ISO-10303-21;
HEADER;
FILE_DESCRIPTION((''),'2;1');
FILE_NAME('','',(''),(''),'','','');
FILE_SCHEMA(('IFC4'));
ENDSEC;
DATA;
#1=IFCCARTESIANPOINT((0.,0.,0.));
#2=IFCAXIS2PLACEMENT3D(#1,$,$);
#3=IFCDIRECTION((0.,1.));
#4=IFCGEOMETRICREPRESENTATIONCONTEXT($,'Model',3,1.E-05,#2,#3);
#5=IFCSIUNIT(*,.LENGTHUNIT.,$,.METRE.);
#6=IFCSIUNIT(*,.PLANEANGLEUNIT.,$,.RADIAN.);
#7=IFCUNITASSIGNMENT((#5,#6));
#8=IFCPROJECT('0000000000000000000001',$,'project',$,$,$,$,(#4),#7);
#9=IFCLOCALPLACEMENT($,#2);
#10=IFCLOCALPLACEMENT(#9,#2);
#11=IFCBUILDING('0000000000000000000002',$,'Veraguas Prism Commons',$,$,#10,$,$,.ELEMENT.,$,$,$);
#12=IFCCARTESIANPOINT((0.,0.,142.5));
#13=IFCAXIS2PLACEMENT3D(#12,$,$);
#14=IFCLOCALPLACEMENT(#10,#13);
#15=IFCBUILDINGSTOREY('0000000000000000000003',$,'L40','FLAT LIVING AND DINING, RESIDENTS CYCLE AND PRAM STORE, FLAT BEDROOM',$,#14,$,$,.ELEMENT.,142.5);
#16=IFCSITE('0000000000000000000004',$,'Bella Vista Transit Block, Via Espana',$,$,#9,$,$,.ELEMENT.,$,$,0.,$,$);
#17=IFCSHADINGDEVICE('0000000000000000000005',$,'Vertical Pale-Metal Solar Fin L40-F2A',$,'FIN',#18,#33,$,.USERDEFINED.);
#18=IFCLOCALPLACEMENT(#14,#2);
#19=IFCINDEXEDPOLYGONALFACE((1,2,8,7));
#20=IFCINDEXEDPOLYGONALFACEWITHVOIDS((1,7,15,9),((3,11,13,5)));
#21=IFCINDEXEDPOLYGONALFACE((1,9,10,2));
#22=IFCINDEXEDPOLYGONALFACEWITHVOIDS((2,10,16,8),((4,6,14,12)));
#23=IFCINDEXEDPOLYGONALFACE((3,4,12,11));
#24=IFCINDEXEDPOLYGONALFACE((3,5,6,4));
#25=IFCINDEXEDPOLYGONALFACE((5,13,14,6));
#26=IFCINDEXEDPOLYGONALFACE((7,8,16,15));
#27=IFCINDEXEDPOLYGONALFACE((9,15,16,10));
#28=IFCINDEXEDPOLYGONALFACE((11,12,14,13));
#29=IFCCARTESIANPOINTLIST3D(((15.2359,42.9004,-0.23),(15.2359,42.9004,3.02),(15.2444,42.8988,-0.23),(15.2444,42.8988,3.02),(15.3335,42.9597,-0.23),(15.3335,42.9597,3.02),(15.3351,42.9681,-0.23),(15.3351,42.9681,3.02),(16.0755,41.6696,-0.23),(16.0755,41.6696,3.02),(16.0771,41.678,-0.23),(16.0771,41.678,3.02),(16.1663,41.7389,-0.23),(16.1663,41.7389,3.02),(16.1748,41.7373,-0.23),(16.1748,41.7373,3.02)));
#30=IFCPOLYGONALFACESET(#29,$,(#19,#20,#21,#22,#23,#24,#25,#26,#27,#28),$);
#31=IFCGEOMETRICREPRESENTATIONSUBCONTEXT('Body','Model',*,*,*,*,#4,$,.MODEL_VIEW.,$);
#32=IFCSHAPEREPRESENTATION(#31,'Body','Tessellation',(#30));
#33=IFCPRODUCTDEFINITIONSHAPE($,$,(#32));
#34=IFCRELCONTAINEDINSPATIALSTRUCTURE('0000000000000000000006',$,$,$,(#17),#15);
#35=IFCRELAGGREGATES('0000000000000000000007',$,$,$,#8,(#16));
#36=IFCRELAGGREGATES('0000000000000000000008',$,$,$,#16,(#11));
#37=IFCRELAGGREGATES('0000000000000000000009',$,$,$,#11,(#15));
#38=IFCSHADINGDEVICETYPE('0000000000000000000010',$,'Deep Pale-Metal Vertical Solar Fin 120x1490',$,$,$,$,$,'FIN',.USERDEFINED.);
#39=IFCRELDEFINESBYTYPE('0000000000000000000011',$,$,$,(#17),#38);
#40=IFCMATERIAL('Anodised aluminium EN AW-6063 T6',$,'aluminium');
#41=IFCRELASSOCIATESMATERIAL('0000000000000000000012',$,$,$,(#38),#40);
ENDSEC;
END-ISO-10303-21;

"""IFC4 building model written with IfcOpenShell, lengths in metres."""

from ifc_helpers import new_model, si_unit, direction, frame, origin, origin_2d, place, context, subcontext, project, spatial, hollow_rectangle, extrude, material, material_profile, profile_set, type_object, element, save


model = new_model("IFC4")

# Units and contexts
model_context = context("Model", 3, precision=1e-05, world=origin(), true_north=direction((0.0, 1.0)))
body_context = subcontext(model_context, "Body", "Model", "MODEL_VIEW")
ifc_project = project(units=[si_unit("LENGTHUNIT", "METRE"), si_unit("PLANEANGLEUNIT", "RADIAN")], contexts=[model_context])

# Site, building, storey
site_placement = place(None, origin())
site = spatial("IfcSite", under=ifc_project, at=site_placement, Name="Bella Vista Transit Block, Via Espana", CompositionType="ELEMENT", RefElevation=0.0)
building_placement = place(site_placement, origin())
building = spatial("IfcBuilding", under=site, at=building_placement, Name="Veraguas Prism Commons", CompositionType="ELEMENT")
storey_placement = place(building_placement, frame((0.0, 0.0, 142.5)))
storey = spatial("IfcBuildingStorey", under=building, at=storey_placement, Name="L40", Description="FLAT LIVING AND DINING, RESIDENTS CYCLE AND PRAM STORE, FLAT BEDROOM", CompositionType="ELEMENT", Elevation=142.5)

# Shared definitions
ifc_material_1 = material(Name="Anodised aluminium EN AW-6063 T6", Category="aluminium")

# Shading device
ifc_material_profile_1 = material_profile(ifc_material_1, hollow_rectangle(XDim=0.1201, YDim=1.49, WallThickness=0.0061, at=origin_2d()), Name="FIN120X1490X6")
ifc_profile_set_1 = profile_set([ifc_material_profile_1], Name="Anodised aluminium EN AW-6063 T6")
shading_device_type = type_object("IfcShadingDeviceType", Name="Deep Pale-Metal Vertical Solar Fin 120x1490", ElementType="FIN", PredefinedType="USERDEFINED", material=ifc_profile_set_1)
shading_device_placement = place(storey_placement, frame((15.7053, 42.3188, -0.23), z_axis=(0.0, 0.0, 1.0), x_axis=(-0.826099, -0.563525, 0.0)))
element("IfcShadingDevice", 1, at=shading_device_placement, inside=storey, type_object=shading_device_type, Name="Vertical Pale-Metal Solar Fin L40-F2A", ObjectType="FIN", PredefinedType="USERDEFINED", context=body_context, shape_type="SweptSolid", body=[
    extrude(hollow_rectangle(XDim=0.1201, YDim=1.49, WallThickness=0.0061, at=origin_2d()), origin(), (0.0, 0.0, 1.0), 3.25),
])

save(model, "model.ifc")
